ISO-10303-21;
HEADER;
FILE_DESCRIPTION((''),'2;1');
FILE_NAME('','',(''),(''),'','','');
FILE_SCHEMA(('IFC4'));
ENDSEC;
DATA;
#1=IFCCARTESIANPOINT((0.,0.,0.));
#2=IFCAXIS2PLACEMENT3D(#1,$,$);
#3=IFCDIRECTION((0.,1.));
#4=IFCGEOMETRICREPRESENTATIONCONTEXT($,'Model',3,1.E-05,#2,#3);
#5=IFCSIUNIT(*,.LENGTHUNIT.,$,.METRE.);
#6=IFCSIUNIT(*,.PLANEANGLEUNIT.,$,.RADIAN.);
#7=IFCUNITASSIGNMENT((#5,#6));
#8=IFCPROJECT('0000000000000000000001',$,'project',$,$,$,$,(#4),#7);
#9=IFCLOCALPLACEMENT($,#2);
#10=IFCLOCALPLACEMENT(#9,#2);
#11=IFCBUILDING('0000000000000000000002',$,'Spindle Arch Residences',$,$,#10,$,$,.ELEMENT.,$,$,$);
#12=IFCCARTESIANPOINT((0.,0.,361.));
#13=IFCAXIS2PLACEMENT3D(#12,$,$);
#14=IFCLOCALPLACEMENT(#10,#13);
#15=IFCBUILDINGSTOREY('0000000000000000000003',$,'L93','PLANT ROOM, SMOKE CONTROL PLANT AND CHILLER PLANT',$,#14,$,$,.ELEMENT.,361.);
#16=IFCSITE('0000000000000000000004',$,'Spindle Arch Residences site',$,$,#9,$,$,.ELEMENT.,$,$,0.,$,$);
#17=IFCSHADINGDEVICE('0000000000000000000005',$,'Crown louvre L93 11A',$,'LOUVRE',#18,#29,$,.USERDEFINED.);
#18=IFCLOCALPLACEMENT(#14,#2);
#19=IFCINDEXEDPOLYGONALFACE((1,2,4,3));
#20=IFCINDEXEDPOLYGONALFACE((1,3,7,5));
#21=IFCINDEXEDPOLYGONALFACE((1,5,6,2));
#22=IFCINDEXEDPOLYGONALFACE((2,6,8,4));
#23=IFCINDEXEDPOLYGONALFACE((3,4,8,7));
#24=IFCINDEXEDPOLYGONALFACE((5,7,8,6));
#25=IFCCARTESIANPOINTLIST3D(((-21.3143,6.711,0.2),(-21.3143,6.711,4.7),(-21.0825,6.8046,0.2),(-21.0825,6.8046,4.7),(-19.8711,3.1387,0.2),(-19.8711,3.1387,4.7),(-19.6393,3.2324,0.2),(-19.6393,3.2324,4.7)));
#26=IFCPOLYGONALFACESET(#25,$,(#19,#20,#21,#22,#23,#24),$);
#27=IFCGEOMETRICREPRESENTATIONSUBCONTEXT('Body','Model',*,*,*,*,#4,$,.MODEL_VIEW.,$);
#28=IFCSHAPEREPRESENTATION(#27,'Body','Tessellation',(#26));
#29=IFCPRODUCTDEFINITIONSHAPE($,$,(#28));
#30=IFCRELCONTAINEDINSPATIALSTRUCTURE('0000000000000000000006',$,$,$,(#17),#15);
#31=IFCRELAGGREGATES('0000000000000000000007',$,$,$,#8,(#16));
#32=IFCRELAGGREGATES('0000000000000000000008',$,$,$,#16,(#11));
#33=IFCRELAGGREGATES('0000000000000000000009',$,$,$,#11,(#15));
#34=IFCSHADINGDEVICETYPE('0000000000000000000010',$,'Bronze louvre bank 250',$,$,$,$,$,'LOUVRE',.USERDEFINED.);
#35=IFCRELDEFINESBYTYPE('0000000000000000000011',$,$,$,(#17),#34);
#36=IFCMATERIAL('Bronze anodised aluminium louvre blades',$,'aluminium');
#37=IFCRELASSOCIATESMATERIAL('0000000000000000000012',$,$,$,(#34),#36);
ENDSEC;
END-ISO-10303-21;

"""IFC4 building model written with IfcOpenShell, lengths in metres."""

from ifc_helpers import new_model, si_unit, direction, frame, origin, origin_2d, place, context, subcontext, project, spatial, rectangle, extrude, material, type_object, element, save


model = new_model("IFC4")

# Units and contexts
model_context = context("Model", 3, precision=1e-05, world=origin(), true_north=direction((0.0, 1.0)))
body_context = subcontext(model_context, "Body", "Model", "MODEL_VIEW")
ifc_project = project(units=[si_unit("LENGTHUNIT", "METRE"), si_unit("PLANEANGLEUNIT", "RADIAN")], contexts=[model_context])

# Site, building, storey
site_placement = place(None, origin())
site = spatial("IfcSite", under=ifc_project, at=site_placement, Name="Spindle Arch Residences site", CompositionType="ELEMENT", RefElevation=0.0)
building_placement = place(site_placement, origin())
building = spatial("IfcBuilding", under=site, at=building_placement, Name="Spindle Arch Residences", CompositionType="ELEMENT")
storey_placement = place(building_placement, frame((0.0, 0.0, 361.0)))
storey = spatial("IfcBuildingStorey", under=building, at=storey_placement, Name="L93", Description="PLANT ROOM, SMOKE CONTROL PLANT AND CHILLER PLANT", CompositionType="ELEMENT", Elevation=361.0)

# Shading device
ifc_material_1 = material(Name="Bronze anodised aluminium louvre blades", Category="aluminium")
shading_device_type = type_object("IfcShadingDeviceType", Name="Bronze louvre bank 250", ElementType="LOUVRE", PredefinedType="USERDEFINED", material=ifc_material_1)
shading_device_1_placement = place(storey_placement, frame((-20.4768, 4.9717, 0.2), z_axis=(0.0, 0.0, 1.0), x_axis=(0.374607, -0.927184, 0.0)))
element("IfcShadingDevice", 1, at=shading_device_1_placement, inside=storey, type_object=shading_device_type, Name="Crown louvre L93 11A", ObjectType="LOUVRE", PredefinedType="USERDEFINED", context=body_context, shape_type="SweptSolid", body=[
    extrude(rectangle(XDim=3.8528, YDim=0.25, at=origin_2d()), origin(), (0.0, 0.0, 1.0), 4.5),
])

save(model, "model.ifc")
